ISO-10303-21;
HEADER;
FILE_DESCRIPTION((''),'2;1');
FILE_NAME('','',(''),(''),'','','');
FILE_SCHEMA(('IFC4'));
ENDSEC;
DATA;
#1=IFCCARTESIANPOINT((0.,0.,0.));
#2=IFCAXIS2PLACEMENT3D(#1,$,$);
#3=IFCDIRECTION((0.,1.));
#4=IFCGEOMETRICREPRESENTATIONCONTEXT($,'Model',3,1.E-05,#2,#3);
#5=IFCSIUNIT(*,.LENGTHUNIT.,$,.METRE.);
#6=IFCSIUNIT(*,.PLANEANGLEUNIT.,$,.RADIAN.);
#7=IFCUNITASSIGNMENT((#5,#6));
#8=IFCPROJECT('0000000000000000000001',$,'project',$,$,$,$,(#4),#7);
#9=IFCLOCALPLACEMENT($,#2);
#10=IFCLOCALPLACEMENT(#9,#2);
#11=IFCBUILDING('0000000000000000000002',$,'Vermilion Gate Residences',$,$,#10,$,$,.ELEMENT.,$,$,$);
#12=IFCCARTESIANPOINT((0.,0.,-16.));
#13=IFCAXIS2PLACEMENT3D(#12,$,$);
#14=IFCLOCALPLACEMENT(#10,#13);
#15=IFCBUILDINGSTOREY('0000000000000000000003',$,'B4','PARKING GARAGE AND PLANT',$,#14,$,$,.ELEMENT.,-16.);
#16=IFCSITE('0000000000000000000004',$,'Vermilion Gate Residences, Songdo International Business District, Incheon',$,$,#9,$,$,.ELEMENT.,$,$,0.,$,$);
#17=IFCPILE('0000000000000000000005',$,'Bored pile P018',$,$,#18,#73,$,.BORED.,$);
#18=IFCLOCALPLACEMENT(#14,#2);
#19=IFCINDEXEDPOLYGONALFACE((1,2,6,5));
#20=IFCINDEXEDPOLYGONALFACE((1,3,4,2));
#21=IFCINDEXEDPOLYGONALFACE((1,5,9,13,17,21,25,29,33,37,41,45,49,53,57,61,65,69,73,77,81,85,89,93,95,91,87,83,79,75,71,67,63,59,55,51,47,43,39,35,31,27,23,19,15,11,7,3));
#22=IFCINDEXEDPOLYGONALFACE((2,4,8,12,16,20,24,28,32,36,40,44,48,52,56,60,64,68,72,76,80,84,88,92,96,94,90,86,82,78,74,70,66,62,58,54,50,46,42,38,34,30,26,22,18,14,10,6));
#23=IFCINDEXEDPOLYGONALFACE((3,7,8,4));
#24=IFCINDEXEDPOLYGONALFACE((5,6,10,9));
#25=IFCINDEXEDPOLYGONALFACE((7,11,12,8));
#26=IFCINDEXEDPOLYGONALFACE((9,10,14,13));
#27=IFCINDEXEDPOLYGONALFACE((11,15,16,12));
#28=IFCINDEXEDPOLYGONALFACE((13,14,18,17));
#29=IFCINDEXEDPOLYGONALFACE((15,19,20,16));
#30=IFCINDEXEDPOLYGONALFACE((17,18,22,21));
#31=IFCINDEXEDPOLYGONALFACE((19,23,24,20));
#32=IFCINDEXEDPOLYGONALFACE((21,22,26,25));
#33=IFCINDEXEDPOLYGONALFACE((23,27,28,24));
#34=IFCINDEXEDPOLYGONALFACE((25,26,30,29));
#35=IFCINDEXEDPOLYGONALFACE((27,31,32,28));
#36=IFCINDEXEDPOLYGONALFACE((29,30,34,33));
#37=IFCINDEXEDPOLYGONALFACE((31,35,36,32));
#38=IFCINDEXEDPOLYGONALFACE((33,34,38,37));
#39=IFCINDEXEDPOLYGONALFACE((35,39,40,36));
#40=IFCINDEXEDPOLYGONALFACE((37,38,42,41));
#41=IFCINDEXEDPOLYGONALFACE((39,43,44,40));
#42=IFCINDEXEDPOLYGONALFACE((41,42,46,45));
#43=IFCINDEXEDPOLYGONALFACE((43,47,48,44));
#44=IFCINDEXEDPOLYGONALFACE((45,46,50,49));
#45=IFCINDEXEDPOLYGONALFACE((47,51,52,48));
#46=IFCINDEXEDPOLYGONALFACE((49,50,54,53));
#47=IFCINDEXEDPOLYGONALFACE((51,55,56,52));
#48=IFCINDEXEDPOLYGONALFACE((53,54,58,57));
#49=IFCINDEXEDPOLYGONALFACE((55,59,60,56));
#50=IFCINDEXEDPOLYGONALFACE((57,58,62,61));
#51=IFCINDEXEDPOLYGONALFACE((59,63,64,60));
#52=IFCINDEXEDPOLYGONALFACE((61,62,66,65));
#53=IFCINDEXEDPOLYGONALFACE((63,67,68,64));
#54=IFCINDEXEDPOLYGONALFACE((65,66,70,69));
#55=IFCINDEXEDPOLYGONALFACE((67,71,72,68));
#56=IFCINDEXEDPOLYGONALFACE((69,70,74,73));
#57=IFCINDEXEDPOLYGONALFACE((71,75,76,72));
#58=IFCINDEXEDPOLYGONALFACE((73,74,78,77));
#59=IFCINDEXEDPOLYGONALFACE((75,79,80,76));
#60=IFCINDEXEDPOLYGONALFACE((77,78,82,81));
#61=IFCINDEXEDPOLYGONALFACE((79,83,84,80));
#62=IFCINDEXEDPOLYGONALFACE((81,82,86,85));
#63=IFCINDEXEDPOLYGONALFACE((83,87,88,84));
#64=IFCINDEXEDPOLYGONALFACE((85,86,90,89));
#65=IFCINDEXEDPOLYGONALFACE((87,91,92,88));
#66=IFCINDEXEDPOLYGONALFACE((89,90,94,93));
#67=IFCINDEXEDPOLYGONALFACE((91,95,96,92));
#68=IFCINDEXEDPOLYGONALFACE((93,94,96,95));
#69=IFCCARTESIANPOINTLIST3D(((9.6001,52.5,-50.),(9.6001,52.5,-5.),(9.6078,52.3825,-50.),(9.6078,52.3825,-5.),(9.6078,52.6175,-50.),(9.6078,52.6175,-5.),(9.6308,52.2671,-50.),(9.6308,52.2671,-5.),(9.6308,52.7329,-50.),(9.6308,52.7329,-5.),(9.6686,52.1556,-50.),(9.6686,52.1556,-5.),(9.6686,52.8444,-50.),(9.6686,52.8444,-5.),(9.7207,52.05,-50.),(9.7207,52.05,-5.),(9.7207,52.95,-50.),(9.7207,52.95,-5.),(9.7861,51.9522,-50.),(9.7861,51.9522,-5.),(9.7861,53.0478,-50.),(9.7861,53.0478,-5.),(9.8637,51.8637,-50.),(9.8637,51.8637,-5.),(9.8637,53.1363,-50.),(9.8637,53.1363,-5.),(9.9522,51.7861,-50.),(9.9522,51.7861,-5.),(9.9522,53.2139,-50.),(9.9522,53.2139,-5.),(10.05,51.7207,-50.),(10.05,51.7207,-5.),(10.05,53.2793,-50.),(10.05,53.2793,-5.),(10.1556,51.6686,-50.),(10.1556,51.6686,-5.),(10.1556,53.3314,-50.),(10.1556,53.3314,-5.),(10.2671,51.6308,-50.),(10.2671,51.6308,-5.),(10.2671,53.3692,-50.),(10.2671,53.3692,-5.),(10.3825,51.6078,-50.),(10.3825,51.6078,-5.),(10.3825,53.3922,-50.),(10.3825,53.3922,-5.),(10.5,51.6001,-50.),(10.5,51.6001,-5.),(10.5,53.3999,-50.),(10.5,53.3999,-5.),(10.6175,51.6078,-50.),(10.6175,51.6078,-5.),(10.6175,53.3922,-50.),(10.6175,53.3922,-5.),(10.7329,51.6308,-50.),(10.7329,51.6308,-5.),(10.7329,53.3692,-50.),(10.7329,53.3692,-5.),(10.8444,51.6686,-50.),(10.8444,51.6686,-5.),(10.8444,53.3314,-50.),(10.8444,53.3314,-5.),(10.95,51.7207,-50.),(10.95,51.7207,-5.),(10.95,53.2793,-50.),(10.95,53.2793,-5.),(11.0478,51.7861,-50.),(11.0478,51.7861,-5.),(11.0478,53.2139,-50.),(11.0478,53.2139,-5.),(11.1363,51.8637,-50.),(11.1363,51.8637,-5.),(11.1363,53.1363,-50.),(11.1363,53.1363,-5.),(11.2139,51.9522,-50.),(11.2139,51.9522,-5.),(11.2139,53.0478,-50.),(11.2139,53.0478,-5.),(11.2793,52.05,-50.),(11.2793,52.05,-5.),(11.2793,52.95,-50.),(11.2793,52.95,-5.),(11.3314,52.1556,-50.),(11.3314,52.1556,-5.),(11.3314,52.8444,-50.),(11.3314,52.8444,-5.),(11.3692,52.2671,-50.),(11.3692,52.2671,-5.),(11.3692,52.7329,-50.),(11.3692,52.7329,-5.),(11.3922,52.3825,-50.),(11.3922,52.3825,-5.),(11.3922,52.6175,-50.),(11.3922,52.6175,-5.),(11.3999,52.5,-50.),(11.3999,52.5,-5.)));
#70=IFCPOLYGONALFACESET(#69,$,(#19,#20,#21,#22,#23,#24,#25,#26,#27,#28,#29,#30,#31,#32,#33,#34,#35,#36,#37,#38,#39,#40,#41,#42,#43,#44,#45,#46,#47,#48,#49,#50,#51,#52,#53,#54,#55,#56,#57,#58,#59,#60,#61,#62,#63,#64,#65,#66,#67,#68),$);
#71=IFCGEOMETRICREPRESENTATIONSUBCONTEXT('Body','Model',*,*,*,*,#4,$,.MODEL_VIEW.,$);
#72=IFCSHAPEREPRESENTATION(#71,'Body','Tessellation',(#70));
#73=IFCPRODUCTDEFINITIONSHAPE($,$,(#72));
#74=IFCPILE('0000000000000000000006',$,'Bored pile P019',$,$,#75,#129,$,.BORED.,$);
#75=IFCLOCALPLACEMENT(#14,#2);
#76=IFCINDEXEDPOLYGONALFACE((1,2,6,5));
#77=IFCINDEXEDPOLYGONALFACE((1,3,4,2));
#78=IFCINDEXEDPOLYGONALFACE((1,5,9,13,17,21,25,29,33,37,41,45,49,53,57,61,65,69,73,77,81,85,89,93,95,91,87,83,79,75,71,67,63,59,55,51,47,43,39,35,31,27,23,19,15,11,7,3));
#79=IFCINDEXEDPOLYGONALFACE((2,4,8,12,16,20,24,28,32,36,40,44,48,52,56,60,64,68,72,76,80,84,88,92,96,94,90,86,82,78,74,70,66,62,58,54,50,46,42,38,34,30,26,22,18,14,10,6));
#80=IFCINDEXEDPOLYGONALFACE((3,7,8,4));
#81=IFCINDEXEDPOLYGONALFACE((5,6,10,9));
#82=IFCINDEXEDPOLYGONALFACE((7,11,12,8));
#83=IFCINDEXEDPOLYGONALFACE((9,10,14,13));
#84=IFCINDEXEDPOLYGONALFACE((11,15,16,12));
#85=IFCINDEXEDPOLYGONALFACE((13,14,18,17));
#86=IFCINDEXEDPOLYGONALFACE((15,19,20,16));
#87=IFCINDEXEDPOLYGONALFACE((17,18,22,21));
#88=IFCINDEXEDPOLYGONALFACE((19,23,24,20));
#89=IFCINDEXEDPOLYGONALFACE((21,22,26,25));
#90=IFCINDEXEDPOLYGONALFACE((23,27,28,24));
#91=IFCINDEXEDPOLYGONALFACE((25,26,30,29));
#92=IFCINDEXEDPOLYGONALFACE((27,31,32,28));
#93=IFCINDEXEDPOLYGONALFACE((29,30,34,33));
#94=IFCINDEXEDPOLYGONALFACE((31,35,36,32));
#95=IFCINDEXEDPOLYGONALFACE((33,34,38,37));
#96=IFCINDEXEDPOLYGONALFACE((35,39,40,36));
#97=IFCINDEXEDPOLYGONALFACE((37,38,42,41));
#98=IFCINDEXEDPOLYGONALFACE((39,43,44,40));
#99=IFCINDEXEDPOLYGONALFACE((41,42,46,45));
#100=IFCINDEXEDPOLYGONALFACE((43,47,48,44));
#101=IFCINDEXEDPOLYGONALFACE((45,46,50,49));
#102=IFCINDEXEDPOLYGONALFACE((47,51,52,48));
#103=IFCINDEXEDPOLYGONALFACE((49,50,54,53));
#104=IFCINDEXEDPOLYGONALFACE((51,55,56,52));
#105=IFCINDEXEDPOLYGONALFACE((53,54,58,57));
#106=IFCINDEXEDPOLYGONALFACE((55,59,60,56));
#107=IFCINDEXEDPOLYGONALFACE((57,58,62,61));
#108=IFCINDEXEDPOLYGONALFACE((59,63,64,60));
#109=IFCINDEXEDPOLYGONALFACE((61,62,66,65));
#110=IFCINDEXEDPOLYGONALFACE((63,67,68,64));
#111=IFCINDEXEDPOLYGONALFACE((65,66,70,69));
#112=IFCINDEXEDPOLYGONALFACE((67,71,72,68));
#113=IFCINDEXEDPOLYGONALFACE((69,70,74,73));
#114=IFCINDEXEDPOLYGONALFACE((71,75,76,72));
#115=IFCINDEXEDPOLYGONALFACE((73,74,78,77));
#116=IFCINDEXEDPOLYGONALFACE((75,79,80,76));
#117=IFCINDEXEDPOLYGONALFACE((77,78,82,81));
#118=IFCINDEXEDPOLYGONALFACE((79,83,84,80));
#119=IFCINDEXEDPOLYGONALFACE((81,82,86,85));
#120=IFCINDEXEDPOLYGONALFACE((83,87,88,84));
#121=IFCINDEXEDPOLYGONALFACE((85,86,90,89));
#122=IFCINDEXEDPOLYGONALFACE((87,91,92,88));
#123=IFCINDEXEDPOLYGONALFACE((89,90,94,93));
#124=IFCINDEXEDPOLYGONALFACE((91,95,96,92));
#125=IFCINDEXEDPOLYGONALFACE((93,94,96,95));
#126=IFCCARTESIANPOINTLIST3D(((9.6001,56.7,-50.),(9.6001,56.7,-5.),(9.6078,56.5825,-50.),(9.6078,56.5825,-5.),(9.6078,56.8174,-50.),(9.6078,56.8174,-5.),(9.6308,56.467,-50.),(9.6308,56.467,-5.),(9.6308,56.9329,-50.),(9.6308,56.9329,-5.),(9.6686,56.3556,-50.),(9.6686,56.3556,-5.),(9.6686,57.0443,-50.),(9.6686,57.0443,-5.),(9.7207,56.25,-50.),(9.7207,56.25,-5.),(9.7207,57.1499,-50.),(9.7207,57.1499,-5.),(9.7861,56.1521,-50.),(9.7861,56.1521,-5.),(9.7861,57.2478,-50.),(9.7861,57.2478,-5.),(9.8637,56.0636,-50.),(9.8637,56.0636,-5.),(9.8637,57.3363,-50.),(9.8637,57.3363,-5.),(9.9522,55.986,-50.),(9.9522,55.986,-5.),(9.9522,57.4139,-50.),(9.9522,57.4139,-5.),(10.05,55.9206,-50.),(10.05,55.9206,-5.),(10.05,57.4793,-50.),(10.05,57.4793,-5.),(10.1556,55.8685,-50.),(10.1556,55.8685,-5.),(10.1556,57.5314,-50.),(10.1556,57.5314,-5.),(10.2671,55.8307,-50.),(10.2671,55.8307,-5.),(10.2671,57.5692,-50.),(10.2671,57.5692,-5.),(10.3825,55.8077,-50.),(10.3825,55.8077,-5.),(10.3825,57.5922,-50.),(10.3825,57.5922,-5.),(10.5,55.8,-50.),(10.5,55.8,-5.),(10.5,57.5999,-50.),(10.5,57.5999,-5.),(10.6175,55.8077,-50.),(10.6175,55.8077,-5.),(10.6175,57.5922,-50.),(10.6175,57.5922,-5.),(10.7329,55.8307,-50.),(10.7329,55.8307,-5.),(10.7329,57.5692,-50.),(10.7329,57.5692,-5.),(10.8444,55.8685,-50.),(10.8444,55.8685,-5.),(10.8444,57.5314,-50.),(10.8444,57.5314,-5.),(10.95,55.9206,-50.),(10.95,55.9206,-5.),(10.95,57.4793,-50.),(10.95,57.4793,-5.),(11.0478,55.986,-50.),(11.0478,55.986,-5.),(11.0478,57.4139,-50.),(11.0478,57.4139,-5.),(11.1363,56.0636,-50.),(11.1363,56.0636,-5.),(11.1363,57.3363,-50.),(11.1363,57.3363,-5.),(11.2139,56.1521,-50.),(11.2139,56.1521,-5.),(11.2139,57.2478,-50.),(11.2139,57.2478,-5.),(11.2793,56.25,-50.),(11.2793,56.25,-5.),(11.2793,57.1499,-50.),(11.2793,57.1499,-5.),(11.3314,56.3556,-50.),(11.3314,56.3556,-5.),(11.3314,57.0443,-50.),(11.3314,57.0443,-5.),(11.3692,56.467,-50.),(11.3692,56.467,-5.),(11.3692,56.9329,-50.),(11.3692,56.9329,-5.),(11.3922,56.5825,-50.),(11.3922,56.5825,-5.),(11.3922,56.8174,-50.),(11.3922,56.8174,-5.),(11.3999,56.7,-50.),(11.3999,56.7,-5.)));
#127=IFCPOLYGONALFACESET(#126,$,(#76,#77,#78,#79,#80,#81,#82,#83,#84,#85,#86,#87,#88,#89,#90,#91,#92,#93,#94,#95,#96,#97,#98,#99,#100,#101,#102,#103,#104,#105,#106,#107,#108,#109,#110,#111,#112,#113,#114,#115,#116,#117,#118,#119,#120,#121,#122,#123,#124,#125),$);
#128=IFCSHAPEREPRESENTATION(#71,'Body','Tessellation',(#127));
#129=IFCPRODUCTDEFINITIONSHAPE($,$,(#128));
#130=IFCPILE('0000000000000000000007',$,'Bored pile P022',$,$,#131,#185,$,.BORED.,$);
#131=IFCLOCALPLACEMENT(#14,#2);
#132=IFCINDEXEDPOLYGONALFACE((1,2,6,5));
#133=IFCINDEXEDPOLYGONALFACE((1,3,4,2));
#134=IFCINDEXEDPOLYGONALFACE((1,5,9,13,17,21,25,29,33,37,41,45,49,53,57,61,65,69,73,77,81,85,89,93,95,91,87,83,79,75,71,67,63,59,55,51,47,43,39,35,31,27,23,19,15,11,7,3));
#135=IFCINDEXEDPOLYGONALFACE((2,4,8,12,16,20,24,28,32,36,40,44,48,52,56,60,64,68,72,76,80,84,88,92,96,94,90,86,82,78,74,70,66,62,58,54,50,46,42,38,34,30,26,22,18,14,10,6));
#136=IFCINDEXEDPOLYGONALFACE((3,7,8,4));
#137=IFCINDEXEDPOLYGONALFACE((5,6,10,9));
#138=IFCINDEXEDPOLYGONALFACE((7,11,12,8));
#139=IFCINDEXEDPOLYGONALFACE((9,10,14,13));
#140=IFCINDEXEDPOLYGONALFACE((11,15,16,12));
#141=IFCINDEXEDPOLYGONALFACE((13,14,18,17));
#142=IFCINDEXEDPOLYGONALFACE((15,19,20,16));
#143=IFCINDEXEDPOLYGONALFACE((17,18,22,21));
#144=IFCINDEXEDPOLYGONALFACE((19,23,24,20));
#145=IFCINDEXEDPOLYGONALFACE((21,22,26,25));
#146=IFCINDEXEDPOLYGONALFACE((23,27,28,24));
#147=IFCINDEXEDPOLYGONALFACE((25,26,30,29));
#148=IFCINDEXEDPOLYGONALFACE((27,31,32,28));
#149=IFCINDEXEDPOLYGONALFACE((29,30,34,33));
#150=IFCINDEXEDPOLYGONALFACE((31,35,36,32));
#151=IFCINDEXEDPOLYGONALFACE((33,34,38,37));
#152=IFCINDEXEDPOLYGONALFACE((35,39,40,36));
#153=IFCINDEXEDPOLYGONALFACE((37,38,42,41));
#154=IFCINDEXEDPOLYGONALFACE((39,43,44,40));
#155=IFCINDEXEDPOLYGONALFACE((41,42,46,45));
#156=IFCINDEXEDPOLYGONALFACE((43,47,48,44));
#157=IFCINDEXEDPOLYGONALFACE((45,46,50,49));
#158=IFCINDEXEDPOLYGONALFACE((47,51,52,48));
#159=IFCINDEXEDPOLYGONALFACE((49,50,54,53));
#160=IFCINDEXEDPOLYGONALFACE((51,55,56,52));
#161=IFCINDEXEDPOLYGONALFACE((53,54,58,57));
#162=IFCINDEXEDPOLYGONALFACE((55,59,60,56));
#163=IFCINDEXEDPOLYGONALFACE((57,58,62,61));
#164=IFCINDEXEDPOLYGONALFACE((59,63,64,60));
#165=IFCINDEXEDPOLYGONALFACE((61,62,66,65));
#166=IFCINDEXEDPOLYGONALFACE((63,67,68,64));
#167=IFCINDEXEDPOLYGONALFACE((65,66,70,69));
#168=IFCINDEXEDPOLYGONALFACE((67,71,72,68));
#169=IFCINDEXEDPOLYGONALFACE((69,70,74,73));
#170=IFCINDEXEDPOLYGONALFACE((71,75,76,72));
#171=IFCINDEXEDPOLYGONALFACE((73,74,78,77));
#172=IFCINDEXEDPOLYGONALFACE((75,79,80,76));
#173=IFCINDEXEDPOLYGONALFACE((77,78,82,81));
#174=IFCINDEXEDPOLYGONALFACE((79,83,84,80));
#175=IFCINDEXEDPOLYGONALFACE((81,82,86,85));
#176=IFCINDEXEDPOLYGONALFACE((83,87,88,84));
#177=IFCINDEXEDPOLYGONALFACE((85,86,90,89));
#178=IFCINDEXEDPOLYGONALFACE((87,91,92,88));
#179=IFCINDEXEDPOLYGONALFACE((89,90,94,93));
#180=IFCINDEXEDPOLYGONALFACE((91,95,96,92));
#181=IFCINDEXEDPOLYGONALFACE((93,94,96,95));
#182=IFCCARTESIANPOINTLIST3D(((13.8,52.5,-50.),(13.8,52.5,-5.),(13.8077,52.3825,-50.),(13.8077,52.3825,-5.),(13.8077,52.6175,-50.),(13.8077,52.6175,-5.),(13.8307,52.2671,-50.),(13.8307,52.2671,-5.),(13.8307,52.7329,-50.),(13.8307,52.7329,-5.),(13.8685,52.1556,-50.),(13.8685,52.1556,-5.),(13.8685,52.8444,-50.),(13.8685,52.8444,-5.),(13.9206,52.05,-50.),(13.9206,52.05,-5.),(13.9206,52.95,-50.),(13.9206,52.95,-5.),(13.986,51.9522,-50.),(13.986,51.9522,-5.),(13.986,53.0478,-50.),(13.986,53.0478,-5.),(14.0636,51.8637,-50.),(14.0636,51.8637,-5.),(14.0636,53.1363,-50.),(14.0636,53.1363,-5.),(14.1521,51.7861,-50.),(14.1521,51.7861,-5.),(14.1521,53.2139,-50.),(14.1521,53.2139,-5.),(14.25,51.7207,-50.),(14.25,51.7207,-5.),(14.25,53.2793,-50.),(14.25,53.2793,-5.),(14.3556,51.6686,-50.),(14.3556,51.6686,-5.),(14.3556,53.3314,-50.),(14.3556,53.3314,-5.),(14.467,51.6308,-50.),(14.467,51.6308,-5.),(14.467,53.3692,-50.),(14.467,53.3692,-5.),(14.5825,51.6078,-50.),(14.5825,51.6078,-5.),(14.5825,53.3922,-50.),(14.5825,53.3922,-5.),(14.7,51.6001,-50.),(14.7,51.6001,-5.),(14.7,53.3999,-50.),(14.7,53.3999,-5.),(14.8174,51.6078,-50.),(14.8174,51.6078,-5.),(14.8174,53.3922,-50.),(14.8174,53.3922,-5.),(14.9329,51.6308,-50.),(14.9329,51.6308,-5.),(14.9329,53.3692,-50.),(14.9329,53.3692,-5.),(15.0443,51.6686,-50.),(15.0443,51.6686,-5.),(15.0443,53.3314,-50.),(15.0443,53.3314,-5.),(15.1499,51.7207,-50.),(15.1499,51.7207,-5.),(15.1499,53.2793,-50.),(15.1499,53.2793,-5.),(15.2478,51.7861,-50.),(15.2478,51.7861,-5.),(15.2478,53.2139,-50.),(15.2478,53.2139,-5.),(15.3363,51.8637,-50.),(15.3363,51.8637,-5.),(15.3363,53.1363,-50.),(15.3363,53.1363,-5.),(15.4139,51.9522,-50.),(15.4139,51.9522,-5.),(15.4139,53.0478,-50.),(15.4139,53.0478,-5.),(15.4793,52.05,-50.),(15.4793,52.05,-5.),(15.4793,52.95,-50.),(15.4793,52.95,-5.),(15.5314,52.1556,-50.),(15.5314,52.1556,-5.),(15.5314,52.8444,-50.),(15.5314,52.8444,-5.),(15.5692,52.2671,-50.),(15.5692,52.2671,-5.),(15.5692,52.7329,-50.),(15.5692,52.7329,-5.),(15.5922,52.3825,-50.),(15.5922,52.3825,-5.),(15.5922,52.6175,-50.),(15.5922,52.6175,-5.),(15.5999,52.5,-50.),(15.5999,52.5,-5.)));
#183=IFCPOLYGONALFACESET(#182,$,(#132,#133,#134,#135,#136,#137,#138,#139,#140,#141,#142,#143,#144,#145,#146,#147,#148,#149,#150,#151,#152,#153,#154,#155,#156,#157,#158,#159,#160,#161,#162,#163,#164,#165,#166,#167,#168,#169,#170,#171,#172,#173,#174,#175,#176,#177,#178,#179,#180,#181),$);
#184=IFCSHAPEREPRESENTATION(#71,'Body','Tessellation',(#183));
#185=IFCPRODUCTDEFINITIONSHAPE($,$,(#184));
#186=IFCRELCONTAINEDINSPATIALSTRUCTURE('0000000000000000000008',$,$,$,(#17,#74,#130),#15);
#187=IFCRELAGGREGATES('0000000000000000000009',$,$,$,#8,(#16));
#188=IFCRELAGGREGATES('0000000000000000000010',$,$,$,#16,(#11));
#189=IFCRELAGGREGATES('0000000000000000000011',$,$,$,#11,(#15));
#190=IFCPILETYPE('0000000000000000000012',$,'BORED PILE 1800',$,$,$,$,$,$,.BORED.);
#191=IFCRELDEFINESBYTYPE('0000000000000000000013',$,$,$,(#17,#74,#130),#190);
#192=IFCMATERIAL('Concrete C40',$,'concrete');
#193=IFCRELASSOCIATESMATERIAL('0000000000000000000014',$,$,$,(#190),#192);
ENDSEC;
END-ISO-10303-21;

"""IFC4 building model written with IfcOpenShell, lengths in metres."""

from ifc_helpers import new_model, si_unit, direction, frame, origin, origin_2d, place, context, subcontext, project, spatial, circle, extrude, material, material_profile, profile_set, type_object, element, save


model = new_model("IFC4")

# Units and contexts
model_context = context("Model", 3, precision=1e-05, world=origin(), true_north=direction((0.0, 1.0)))
body_context = subcontext(model_context, "Body", "Model", "MODEL_VIEW")
ifc_project = project(units=[si_unit("LENGTHUNIT", "METRE"), si_unit("PLANEANGLEUNIT", "RADIAN")], contexts=[model_context])

# Site, building, storey
site_placement = place(None, origin())
site = spatial("IfcSite", under=ifc_project, at=site_placement, Name="Vermilion Gate Residences, Songdo International Business District, Incheon", CompositionType="ELEMENT", RefElevation=0.0)
building_placement = place(site_placement, origin())
building = spatial("IfcBuilding", under=site, at=building_placement, Name="Vermilion Gate Residences", CompositionType="ELEMENT")
storey_placement = place(building_placement, frame((0.0, 0.0, -16.0)))
storey = spatial("IfcBuildingStorey", under=building, at=storey_placement, Name="B4", Description="PARKING GARAGE AND PLANT", CompositionType="ELEMENT", Elevation=-16.0)

# Piles
ifc_material_1 = material(Name="Concrete C40", Category="concrete")
ifc_material_profile = material_profile(ifc_material_1, circle(Radius=0.8999, at=origin_2d()), Name="BORED PILE 1800")
ifc_profile_set = profile_set([ifc_material_profile], Name="Concrete C40")
pile_type = type_object("IfcPileType", Name="BORED PILE 1800", PredefinedType="BORED", material=ifc_profile_set)
for number, where, z_axis, x_axis, name in (
    (1, (10.5, 52.5, -5.0), (0.0, 0.0, -1.0), (1.0, 0.0, 0.0), "Bored pile P018"),
    (2, (10.5, 56.7, -5.0), (0.0, 0.0, -1.0), (1.0, 0.0, 0.0), "Bored pile P019"),
    (3, (14.7, 52.5, -5.0), (0.0, 0.0, -1.0), (1.0, 0.0, 0.0), "Bored pile P022"),
):
    element("IfcPile", number, at=place(storey_placement, frame(where, z_axis=z_axis, x_axis=x_axis)), inside=storey, type_object=pile_type, Name=name, PredefinedType="BORED", context=body_context, shape_type="SweptSolid", body=[
        extrude(circle(Radius=0.8999, at=origin_2d()), origin(), (0.0, 0.0, 1.0), 45.0),
    ])

save(model, "model.ifc")
